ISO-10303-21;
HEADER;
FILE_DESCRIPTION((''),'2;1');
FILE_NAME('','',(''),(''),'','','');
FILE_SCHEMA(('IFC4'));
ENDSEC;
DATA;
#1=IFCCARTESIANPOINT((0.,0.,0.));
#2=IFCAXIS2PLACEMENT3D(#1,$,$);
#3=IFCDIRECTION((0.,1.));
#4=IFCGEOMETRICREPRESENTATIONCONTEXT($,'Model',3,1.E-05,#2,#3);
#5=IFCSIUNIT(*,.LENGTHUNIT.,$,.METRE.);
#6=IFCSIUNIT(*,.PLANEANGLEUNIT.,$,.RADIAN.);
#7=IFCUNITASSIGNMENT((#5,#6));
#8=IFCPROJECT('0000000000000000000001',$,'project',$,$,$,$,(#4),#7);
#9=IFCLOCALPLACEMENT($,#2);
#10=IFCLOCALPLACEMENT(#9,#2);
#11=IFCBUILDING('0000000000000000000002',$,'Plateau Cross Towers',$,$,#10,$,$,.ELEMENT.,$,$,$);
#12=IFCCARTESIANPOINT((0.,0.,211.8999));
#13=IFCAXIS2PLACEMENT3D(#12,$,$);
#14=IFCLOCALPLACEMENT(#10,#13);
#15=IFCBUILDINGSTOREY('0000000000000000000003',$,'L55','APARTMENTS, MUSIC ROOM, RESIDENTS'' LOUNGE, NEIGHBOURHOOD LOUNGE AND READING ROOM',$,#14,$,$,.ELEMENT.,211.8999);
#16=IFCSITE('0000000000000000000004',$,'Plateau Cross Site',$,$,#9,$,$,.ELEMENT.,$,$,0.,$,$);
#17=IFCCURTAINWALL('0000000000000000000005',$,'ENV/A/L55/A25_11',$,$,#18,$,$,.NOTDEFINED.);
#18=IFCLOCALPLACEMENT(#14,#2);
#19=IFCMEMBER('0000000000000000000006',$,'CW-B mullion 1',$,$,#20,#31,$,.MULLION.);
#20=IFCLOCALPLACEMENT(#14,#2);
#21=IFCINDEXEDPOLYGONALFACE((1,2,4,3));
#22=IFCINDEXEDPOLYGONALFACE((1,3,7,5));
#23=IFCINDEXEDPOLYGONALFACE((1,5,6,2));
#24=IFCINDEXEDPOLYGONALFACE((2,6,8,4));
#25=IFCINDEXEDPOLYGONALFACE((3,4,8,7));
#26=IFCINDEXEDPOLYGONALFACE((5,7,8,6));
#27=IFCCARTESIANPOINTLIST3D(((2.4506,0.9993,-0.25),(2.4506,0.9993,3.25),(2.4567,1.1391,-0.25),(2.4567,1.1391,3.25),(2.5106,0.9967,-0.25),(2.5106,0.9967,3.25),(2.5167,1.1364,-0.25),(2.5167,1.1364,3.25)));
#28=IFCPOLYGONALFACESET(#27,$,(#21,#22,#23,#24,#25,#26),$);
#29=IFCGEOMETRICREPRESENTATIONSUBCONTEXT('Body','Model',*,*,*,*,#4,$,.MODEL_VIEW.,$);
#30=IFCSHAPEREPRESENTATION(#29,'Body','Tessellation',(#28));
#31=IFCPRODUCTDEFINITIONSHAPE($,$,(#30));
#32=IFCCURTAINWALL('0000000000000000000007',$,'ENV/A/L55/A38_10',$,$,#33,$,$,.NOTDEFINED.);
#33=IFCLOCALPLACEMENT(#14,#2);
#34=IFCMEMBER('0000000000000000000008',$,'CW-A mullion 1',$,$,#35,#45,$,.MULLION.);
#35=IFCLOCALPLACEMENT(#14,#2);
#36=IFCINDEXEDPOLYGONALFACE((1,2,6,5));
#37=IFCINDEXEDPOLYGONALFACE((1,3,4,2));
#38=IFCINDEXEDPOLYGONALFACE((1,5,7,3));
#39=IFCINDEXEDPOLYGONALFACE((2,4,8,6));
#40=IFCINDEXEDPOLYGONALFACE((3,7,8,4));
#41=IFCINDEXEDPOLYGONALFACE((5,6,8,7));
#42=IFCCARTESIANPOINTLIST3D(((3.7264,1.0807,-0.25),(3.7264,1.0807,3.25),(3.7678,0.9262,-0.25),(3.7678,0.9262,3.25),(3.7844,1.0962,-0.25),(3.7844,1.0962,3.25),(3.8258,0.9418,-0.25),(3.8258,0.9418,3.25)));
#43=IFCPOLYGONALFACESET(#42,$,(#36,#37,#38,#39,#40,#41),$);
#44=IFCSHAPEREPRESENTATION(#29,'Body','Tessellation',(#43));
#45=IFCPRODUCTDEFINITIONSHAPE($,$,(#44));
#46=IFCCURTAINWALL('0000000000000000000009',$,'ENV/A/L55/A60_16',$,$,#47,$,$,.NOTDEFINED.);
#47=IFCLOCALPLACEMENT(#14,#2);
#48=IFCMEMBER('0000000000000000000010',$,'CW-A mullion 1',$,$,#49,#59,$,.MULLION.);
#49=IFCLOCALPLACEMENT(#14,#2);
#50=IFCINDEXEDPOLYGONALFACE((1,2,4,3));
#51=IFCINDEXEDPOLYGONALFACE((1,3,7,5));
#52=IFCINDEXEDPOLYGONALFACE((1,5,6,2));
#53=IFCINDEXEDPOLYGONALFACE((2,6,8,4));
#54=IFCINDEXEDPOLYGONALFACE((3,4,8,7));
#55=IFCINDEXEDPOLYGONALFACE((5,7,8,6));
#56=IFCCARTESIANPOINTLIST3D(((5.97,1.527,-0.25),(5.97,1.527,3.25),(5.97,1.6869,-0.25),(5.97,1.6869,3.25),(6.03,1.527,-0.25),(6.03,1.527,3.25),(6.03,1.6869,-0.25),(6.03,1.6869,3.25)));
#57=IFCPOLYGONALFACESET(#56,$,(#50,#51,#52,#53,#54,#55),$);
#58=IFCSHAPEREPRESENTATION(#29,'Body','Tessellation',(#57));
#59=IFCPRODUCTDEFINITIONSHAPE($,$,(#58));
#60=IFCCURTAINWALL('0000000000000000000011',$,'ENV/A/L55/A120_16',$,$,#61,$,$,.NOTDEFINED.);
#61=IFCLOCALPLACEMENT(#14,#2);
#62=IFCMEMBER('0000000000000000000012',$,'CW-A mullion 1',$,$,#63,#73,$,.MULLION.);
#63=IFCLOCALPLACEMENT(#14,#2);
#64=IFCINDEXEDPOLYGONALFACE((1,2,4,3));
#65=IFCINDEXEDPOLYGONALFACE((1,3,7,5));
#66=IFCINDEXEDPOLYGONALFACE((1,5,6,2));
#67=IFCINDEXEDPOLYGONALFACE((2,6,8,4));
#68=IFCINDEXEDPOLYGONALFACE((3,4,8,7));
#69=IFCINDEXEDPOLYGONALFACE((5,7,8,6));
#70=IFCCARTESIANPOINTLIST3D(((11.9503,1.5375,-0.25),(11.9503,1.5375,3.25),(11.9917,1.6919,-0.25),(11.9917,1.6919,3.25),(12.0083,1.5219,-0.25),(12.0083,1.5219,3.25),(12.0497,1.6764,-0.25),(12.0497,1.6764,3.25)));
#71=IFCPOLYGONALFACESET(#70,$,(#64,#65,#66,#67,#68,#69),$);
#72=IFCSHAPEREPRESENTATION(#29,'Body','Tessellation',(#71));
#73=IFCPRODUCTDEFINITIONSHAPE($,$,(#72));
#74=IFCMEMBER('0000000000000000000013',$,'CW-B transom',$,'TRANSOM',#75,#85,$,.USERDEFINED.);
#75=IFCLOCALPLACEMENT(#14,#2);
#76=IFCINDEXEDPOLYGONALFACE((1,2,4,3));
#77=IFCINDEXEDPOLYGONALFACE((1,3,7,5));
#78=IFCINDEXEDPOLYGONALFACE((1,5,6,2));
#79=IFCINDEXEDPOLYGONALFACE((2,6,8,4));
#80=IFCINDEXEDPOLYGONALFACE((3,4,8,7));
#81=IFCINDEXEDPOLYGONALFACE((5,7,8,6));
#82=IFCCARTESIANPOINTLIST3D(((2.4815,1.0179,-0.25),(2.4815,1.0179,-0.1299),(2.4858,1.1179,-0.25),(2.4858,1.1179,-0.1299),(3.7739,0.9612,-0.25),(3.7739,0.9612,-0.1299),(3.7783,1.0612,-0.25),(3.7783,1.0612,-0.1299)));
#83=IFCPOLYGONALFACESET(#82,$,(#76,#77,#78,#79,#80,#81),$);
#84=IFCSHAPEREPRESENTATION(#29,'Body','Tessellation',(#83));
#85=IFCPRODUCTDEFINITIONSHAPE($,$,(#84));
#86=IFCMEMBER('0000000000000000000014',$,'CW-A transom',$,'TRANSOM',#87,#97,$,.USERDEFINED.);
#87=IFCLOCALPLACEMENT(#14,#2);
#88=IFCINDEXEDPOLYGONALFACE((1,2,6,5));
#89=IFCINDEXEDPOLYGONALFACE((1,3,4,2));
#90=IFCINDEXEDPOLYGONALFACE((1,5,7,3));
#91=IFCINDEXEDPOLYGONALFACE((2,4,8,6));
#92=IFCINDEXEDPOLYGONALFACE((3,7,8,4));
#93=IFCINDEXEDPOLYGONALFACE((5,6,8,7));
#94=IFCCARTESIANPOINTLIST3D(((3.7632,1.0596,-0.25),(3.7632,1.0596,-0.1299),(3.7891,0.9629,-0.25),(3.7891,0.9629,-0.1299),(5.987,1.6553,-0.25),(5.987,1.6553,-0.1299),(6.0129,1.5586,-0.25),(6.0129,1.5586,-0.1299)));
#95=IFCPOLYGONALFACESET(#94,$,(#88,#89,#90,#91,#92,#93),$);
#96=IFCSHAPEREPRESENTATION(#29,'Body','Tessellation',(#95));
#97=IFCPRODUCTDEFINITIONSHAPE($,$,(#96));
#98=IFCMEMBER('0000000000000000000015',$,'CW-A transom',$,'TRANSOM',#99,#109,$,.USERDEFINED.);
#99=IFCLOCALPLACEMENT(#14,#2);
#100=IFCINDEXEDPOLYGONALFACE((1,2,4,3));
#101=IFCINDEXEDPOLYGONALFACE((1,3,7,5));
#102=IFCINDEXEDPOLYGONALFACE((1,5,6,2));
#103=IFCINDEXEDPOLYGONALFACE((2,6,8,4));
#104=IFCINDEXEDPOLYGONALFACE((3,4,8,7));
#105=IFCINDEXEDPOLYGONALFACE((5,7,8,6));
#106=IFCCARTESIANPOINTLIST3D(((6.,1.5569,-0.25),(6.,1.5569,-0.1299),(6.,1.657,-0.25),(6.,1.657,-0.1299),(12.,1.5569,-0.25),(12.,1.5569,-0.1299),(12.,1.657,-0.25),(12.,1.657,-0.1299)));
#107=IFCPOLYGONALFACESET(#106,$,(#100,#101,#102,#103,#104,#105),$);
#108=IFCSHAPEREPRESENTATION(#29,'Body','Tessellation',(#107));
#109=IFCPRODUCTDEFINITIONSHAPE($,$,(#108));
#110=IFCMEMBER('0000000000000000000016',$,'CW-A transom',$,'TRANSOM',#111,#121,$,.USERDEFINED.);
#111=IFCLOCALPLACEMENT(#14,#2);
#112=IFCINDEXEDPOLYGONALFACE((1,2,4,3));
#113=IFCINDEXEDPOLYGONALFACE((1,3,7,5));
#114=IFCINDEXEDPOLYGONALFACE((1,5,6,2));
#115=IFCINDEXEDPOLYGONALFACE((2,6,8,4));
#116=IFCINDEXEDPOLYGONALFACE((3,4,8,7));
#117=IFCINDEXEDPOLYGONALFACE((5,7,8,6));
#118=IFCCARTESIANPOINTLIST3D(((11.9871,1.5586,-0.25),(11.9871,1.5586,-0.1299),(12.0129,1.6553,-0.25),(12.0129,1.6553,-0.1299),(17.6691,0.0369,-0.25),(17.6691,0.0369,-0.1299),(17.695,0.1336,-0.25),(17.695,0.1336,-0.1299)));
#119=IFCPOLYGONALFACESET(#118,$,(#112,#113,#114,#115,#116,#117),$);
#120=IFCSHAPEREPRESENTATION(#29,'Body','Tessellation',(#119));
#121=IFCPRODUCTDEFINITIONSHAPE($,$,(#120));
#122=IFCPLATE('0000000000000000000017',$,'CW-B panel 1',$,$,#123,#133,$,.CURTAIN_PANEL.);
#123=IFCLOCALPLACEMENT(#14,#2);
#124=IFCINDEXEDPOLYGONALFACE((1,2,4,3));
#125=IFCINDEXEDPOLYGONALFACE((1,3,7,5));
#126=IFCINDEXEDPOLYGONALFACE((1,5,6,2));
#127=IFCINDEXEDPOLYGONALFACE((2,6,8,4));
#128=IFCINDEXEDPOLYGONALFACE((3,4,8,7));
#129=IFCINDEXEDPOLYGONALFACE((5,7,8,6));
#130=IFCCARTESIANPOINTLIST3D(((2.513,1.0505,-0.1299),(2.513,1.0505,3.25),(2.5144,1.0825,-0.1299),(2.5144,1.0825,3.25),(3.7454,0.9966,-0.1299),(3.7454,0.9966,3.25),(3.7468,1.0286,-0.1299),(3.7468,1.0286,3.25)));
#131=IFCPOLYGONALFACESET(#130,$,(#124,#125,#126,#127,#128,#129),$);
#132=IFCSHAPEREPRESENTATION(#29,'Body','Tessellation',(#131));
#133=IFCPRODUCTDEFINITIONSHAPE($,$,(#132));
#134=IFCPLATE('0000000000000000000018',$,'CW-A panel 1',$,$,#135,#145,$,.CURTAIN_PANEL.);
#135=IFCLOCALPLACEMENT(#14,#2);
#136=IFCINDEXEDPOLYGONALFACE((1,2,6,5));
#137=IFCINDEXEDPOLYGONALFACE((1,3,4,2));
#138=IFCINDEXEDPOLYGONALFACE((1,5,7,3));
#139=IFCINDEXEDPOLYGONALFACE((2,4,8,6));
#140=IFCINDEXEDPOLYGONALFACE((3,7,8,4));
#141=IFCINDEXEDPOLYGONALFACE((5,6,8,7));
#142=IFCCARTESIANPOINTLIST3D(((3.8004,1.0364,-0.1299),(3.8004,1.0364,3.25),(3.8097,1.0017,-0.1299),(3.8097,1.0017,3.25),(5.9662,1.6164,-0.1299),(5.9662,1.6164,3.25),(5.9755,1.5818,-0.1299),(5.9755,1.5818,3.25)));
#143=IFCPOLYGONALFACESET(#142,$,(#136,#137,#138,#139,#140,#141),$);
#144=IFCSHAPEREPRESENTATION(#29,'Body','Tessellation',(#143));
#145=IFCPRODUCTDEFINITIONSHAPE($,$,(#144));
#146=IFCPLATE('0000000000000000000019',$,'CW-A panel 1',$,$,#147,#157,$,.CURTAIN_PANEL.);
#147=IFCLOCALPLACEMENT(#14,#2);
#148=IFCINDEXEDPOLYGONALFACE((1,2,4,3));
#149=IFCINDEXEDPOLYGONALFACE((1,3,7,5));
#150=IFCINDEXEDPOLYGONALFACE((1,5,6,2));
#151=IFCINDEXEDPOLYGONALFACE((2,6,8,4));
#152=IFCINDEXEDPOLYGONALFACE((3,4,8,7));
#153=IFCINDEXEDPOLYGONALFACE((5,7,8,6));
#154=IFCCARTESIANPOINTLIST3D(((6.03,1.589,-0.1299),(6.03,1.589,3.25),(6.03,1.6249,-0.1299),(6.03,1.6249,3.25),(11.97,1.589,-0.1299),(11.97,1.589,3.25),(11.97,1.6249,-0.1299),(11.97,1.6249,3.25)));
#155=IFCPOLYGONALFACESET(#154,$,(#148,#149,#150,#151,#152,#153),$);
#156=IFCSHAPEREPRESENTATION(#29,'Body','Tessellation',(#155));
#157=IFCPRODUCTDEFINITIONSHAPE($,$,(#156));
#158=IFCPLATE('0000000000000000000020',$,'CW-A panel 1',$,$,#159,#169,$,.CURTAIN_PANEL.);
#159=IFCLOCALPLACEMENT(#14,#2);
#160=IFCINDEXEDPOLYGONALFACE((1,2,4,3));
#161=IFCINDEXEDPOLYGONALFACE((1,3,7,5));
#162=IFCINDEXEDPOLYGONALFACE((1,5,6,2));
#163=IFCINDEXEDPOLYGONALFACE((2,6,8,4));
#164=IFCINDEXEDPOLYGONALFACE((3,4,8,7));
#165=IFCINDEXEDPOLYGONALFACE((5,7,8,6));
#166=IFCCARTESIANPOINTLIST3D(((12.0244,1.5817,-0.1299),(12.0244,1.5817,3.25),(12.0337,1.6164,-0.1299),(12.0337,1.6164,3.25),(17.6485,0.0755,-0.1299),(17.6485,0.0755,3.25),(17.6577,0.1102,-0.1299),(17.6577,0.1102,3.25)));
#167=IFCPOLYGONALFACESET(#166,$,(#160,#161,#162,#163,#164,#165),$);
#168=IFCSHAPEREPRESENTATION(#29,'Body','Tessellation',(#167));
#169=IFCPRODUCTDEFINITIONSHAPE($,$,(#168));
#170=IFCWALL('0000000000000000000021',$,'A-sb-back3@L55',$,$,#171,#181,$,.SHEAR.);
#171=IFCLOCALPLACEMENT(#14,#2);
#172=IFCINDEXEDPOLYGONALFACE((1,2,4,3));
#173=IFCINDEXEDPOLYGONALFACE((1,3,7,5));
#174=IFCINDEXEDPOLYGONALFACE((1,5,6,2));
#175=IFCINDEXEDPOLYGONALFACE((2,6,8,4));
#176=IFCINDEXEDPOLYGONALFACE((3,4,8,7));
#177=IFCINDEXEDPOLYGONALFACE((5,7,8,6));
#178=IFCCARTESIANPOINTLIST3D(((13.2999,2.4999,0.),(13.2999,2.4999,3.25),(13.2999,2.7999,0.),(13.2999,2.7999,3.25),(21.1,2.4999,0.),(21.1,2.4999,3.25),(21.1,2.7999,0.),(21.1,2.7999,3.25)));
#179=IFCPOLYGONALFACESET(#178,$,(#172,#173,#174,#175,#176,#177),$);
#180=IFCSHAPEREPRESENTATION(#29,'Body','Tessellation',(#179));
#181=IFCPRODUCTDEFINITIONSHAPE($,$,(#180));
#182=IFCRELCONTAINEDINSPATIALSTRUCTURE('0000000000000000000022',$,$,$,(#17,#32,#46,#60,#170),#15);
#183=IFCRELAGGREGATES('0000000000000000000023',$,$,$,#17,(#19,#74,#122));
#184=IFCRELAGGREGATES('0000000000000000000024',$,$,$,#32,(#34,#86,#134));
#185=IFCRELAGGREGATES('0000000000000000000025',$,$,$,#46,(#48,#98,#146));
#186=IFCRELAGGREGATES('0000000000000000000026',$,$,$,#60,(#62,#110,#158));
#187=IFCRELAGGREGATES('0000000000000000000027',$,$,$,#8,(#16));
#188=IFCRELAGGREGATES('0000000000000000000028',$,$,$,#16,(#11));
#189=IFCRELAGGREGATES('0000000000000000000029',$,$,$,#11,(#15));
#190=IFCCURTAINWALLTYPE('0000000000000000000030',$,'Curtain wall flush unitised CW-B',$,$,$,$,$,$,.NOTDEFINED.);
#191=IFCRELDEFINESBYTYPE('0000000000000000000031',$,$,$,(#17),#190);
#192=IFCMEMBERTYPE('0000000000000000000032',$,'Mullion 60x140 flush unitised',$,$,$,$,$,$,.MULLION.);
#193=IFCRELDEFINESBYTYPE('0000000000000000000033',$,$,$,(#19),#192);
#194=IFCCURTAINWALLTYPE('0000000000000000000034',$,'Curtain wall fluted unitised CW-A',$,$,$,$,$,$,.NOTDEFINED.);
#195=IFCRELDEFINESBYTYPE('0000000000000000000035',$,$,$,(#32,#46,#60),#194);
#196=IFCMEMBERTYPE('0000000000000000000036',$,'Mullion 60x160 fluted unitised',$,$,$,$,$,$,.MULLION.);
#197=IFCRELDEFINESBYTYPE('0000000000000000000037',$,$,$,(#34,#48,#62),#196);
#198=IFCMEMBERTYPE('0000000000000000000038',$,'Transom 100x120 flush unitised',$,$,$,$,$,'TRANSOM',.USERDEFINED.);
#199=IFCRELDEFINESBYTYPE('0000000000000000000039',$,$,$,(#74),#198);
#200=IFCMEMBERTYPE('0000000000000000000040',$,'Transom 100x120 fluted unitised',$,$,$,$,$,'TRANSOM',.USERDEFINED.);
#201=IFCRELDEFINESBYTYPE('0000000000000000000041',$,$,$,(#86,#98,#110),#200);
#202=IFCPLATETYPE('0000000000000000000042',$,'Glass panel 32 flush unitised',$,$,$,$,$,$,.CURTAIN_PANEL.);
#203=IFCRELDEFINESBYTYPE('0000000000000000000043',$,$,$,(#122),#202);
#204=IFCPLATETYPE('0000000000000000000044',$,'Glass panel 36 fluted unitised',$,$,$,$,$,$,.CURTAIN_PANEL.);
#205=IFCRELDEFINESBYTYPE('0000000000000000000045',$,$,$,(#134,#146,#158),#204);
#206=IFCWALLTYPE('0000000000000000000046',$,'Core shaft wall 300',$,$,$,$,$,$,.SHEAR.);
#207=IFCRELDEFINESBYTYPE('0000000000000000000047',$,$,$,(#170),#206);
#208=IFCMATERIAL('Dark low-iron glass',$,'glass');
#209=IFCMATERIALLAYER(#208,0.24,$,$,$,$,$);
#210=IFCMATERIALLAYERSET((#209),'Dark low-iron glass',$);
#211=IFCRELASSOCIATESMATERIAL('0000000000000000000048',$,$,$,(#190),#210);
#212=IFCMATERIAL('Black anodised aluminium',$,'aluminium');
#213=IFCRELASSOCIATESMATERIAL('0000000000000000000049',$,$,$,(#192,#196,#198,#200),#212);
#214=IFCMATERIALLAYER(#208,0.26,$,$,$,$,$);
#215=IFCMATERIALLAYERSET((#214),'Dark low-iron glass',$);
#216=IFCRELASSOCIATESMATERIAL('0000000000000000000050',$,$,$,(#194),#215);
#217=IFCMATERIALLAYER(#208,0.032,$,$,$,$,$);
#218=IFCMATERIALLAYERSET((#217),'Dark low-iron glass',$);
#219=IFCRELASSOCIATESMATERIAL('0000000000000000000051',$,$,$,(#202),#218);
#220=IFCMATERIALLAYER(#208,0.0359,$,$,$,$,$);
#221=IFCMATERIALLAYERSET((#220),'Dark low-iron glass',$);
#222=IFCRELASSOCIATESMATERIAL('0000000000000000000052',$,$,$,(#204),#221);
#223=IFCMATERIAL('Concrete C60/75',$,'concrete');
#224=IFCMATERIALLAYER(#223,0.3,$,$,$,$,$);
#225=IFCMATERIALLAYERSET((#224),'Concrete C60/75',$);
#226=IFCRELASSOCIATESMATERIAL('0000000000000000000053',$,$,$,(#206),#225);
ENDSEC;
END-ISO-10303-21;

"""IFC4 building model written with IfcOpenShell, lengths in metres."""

from ifc_helpers import new_model, si_unit, direction, frame, frame_2d, origin, origin_2d, place, context, subcontext, project, spatial, rectangle, extrude, material, layer, layer_set, material_profile, profile_set, type_object, element, aggregate, save


model = new_model("IFC4")

# Units and contexts
model_context = context("Model", 3, precision=1e-05, world=origin(), true_north=direction((0.0, 1.0)))
body_context = subcontext(model_context, "Body", "Model", "MODEL_VIEW")
ifc_project = project(units=[si_unit("LENGTHUNIT", "METRE"), si_unit("PLANEANGLEUNIT", "RADIAN")], contexts=[model_context])

# Site, building, storey
site_placement = place(None, origin())
site = spatial("IfcSite", under=ifc_project, at=site_placement, Name="Plateau Cross Site", CompositionType="ELEMENT", RefElevation=0.0)
building_placement = place(site_placement, origin())
building = spatial("IfcBuilding", under=site, at=building_placement, Name="Plateau Cross Towers", CompositionType="ELEMENT")
storey_placement = place(building_placement, frame((0.0, 0.0, 211.8999)))
storey = spatial("IfcBuildingStorey", under=building, at=storey_placement, Name="L55", Description="APARTMENTS, MUSIC ROOM, RESIDENTS' LOUNGE, NEIGHBOURHOOD LOUNGE AND READING ROOM", CompositionType="ELEMENT", Elevation=211.8999)

# Curtain walls, members
ifc_material_1 = material(Name="Dark low-iron glass", Category="glass")
ifc_layer_1 = layer(ifc_material_1, 0.24)
ifc_layer_set_1 = layer_set([ifc_layer_1], Name="Dark low-iron glass")
curtain_wall_type_1 = type_object("IfcCurtainWallType", Name="Curtain wall flush unitised CW-B", PredefinedType="NOTDEFINED", material=ifc_layer_set_1)
curtain_wall_1_placement = place(storey_placement, origin())
curtain_wall_1 = element("IfcCurtainWall", 1, at=curtain_wall_1_placement, inside=storey, type_object=curtain_wall_type_1, Name="ENV/A/L55/A25_11", PredefinedType="NOTDEFINED")
ifc_material_2 = material(Name="Black anodised aluminium", Category="aluminium")
ifc_material_profile_1 = material_profile(ifc_material_2, rectangle(XDim=0.0601, YDim=0.1399, at=origin_2d()), Name="MULLION 60x140")
ifc_profile_set_1 = profile_set([ifc_material_profile_1], Name="Black anodised aluminium")
member_type_1 = type_object("IfcMemberType", Name="Mullion 60x140 flush unitised", PredefinedType="MULLION", material=ifc_profile_set_1)
member_1_placement = place(storey_placement, frame((2.4836, 1.0679, -0.25), z_axis=(0.0, 0.0, 1.0), x_axis=(0.999044, -0.043723, 0.0)))
member_1 = element("IfcMember", 2, at=member_1_placement, type_object=member_type_1, Name="CW-B mullion 1", PredefinedType="MULLION", context=body_context, shape_type="SweptSolid", body=[
    extrude(rectangle(XDim=0.0601, YDim=0.1399, at=origin_2d()), origin(), (0.0, 0.0, 1.0), 3.5),
])
ifc_layer_2 = layer(ifc_material_1, 0.26)
ifc_layer_set_2 = layer_set([ifc_layer_2], Name="Dark low-iron glass")
curtain_wall_type_2 = type_object("IfcCurtainWallType", Name="Curtain wall fluted unitised CW-A", PredefinedType="NOTDEFINED", material=ifc_layer_set_2)
curtain_wall_2_placement = place(storey_placement, origin())
curtain_wall_2 = element("IfcCurtainWall", 3, at=curtain_wall_2_placement, inside=storey, type_object=curtain_wall_type_2, Name="ENV/A/L55/A38_10", PredefinedType="NOTDEFINED")
ifc_material_profile_2 = material_profile(ifc_material_2, rectangle(XDim=0.0601, YDim=0.1599, at=origin_2d()), Name="MULLION 60x160")
ifc_profile_set_2 = profile_set([ifc_material_profile_2], Name="Black anodised aluminium")
member_type_2 = type_object("IfcMemberType", Name="Mullion 60x160 fluted unitised", PredefinedType="MULLION", material=ifc_profile_set_2)
member_2_placement = place(storey_placement, frame((3.7761, 1.0112, -0.25), z_axis=(0.0, 0.0, 1.0), x_axis=(0.965958, 0.258699, 0.0)))
member_2 = element("IfcMember", 4, at=member_2_placement, type_object=member_type_2, Name="CW-A mullion 1", PredefinedType="MULLION", context=body_context, shape_type="SweptSolid", body=[
    extrude(rectangle(XDim=0.0601, YDim=0.1599, at=origin_2d()), origin(), (0.0, 0.0, 1.0), 3.5),
])
curtain_wall_3_placement = place(storey_placement, origin())
curtain_wall_3 = element("IfcCurtainWall", 5, at=curtain_wall_3_placement, inside=storey, type_object=curtain_wall_type_2, Name="ENV/A/L55/A60_16", PredefinedType="NOTDEFINED")
member_3_placement = place(storey_placement, frame((6.0, 1.6069, -0.25), z_axis=(0.0, 0.0, 1.0), x_axis=(1.0, 0.0, 0.0)))
member_3 = element("IfcMember", 6, at=member_3_placement, type_object=member_type_2, Name="CW-A mullion 1", PredefinedType="MULLION", context=body_context, shape_type="SweptSolid", body=[
    extrude(rectangle(XDim=0.0601, YDim=0.1599, at=origin_2d()), origin(), (0.0, 0.0, 1.0), 3.5),
])
curtain_wall_4_placement = place(storey_placement, origin())
curtain_wall_4 = element("IfcCurtainWall", 7, at=curtain_wall_4_placement, inside=storey, type_object=curtain_wall_type_2, Name="ENV/A/L55/A120_16", PredefinedType="NOTDEFINED")
member_4_placement = place(storey_placement, frame((12.0, 1.6069, -0.25), z_axis=(0.0, 0.0, 1.0), x_axis=(0.965958, -0.258699, 0.0)))
member_4 = element("IfcMember", 8, at=member_4_placement, type_object=member_type_2, Name="CW-A mullion 1", PredefinedType="MULLION", context=body_context, shape_type="SweptSolid", body=[
    extrude(rectangle(XDim=0.0601, YDim=0.1599, at=origin_2d()), origin(), (0.0, 0.0, 1.0), 3.5),
])

# Members
ifc_material_profile_3 = material_profile(ifc_material_2, rectangle(XDim=0.1001, YDim=0.1201, at=origin_2d()), Name="TRANSOM 100x120")
ifc_profile_set_3 = profile_set([ifc_material_profile_3], Name="Black anodised aluminium")
member_type_3 = type_object("IfcMemberType", Name="Transom 100x120 flush unitised", ElementType="TRANSOM", PredefinedType="USERDEFINED", material=ifc_profile_set_3)
member_5_placement = place(storey_placement, frame((2.4836, 1.0679, -0.1899), z_axis=(0.999041, -0.043781, 0.0), x_axis=(0.043781, 0.999041, 0.0)))
member_5 = element("IfcMember", 9, at=member_5_placement, type_object=member_type_3, Name="CW-B transom", ObjectType="TRANSOM", PredefinedType="USERDEFINED", context=body_context, shape_type="SweptSolid", body=[
    extrude(rectangle(XDim=0.1001, YDim=0.1201, at=origin_2d()), origin(), (0.0, 0.0, 1.0), 1.2937),
])
ifc_material_profile_4 = material_profile(ifc_material_2, rectangle(XDim=0.1001, YDim=0.1201, at=origin_2d()), Name="TRANSOM 100x120")
ifc_profile_set_4 = profile_set([ifc_material_profile_4], Name="Black anodised aluminium")
member_type_4 = type_object("IfcMemberType", Name="Transom 100x120 fluted unitised", ElementType="TRANSOM", PredefinedType="USERDEFINED", material=ifc_profile_set_4)
member_6_placement = place(storey_placement, frame((3.7761, 1.0112, -0.1899), z_axis=(0.965946, 0.258745, 0.0), x_axis=(-0.258745, 0.965946, 0.0)))
member_6 = element("IfcMember", 10, at=member_6_placement, type_object=member_type_4, Name="CW-A transom", ObjectType="TRANSOM", PredefinedType="USERDEFINED", context=body_context, shape_type="SweptSolid", body=[
    extrude(rectangle(XDim=0.1001, YDim=0.1201, at=origin_2d()), origin(), (0.0, 0.0, 1.0), 2.3022),
])
member_7_placement = place(storey_placement, frame((6.0, 1.6069, -0.1899), z_axis=(1.0, 0.0, 0.0), x_axis=(0.0, 1.0, 0.0)))
member_7 = element("IfcMember", 11, at=member_7_placement, type_object=member_type_4, Name="CW-A transom", ObjectType="TRANSOM", PredefinedType="USERDEFINED", context=body_context, shape_type="SweptSolid", body=[
    extrude(rectangle(XDim=0.1001, YDim=0.1201, at=origin_2d()), origin(), (0.0, 0.0, 1.0), 6.0),
])
member_8_placement = place(storey_placement, frame((12.0, 1.6069, -0.1899), z_axis=(0.96596, -0.258693, 0.0), x_axis=(0.258693, 0.96596, 0.0)))
member_8 = element("IfcMember", 12, at=member_8_placement, type_object=member_type_4, Name="CW-A transom", ObjectType="TRANSOM", PredefinedType="USERDEFINED", context=body_context, shape_type="SweptSolid", body=[
    extrude(rectangle(XDim=0.1001, YDim=0.1201, at=origin_2d()), origin(), (0.0, 0.0, 1.0), 5.8823),
])

# Plates
ifc_layer_3 = layer(ifc_material_1, 0.032)
ifc_layer_set_3 = layer_set([ifc_layer_3], Name="Dark low-iron glass")
plate_type_1 = type_object("IfcPlateType", Name="Glass panel 32 flush unitised", PredefinedType="CURTAIN_PANEL", material=ifc_layer_set_3)
plate_1_placement = place(storey_placement, frame((3.1299, 1.0396, -0.1299), z_axis=(0.0, 0.0, 1.0), x_axis=(0.999044, -0.043723, 0.0)))
plate_1 = element("IfcPlate", 13, at=plate_1_placement, type_object=plate_type_1, Name="CW-B panel 1", PredefinedType="CURTAIN_PANEL", context=body_context, shape_type="SweptSolid", body=[
    extrude(rectangle(XDim=1.2336, YDim=0.032, at=origin_2d()), origin(), (0.0, 0.0, 1.0), 3.3799),
])
aggregate(curtain_wall_1, [member_1, member_5, plate_1])
ifc_layer_4 = layer(ifc_material_1, 0.0359)
ifc_layer_set_4 = layer_set([ifc_layer_4], Name="Dark low-iron glass")
plate_type_2 = type_object("IfcPlateType", Name="Glass panel 36 fluted unitised", PredefinedType="CURTAIN_PANEL", material=ifc_layer_set_4)
plate_2_placement = place(storey_placement, frame((4.8879, 1.3091, -0.1299), z_axis=(0.0, 0.0, 1.0), x_axis=(0.965958, 0.258699, 0.0)))
plate_2 = element("IfcPlate", 14, at=plate_2_placement, type_object=plate_type_2, Name="CW-A panel 1", PredefinedType="CURTAIN_PANEL", context=body_context, shape_type="SweptSolid", body=[
    extrude(rectangle(XDim=2.2422, YDim=0.0359, at=origin_2d()), origin(), (0.0, 0.0, 1.0), 3.3799),
])
aggregate(curtain_wall_2, [member_2, member_6, plate_2])
plate_3_placement = place(storey_placement, frame((9.0, 1.6069, -0.1299), z_axis=(0.0, 0.0, 1.0), x_axis=(1.0, 0.0, 0.0)))
plate_3 = element("IfcPlate", 15, at=plate_3_placement, type_object=plate_type_2, Name="CW-A panel 1", PredefinedType="CURTAIN_PANEL", context=body_context, shape_type="SweptSolid", body=[
    extrude(rectangle(XDim=5.9399, YDim=0.0359, at=origin_2d()), origin(), (0.0, 0.0, 1.0), 3.3799),
])
aggregate(curtain_wall_3, [member_3, member_7, plate_3])
plate_4_placement = place(storey_placement, frame((14.8411, 0.8459, -0.1299), z_axis=(0.0, 0.0, 1.0), x_axis=(0.965958, -0.258699, 0.0)))
plate_4 = element("IfcPlate", 16, at=plate_4_placement, type_object=plate_type_2, Name="CW-A panel 1", PredefinedType="CURTAIN_PANEL", context=body_context, shape_type="SweptSolid", body=[
    extrude(rectangle(XDim=5.8223, YDim=0.0359, at=origin_2d()), origin(), (0.0, 0.0, 1.0), 3.3799),
])
aggregate(curtain_wall_4, [member_4, member_8, plate_4])

# Wall
ifc_material_3 = material(Name="Concrete C60/75", Category="concrete")
ifc_layer_5 = layer(ifc_material_3, 0.3)
ifc_layer_set_5 = layer_set([ifc_layer_5], Name="Concrete C60/75")
wall_type_1 = type_object("IfcWallType", Name="Core shaft wall 300", PredefinedType="SHEAR", material=ifc_layer_set_5)
wall_1_placement = place(storey_placement, frame((13.3, 2.6499, 0.0), z_axis=(0.0, 0.0, 1.0), x_axis=(1.0, 0.0, 0.0)))
element("IfcWall", 17, at=wall_1_placement, inside=storey, type_object=wall_type_1, Name="A-sb-back3@L55", PredefinedType="SHEAR", context=body_context, shape_type="SweptSolid", body=[
    extrude(rectangle(XDim=7.8, YDim=0.3, at=frame_2d((3.8999, 0.0))), origin(), (0.0, 0.0, 1.0), 3.25),
])

save(model, "model.ifc")
